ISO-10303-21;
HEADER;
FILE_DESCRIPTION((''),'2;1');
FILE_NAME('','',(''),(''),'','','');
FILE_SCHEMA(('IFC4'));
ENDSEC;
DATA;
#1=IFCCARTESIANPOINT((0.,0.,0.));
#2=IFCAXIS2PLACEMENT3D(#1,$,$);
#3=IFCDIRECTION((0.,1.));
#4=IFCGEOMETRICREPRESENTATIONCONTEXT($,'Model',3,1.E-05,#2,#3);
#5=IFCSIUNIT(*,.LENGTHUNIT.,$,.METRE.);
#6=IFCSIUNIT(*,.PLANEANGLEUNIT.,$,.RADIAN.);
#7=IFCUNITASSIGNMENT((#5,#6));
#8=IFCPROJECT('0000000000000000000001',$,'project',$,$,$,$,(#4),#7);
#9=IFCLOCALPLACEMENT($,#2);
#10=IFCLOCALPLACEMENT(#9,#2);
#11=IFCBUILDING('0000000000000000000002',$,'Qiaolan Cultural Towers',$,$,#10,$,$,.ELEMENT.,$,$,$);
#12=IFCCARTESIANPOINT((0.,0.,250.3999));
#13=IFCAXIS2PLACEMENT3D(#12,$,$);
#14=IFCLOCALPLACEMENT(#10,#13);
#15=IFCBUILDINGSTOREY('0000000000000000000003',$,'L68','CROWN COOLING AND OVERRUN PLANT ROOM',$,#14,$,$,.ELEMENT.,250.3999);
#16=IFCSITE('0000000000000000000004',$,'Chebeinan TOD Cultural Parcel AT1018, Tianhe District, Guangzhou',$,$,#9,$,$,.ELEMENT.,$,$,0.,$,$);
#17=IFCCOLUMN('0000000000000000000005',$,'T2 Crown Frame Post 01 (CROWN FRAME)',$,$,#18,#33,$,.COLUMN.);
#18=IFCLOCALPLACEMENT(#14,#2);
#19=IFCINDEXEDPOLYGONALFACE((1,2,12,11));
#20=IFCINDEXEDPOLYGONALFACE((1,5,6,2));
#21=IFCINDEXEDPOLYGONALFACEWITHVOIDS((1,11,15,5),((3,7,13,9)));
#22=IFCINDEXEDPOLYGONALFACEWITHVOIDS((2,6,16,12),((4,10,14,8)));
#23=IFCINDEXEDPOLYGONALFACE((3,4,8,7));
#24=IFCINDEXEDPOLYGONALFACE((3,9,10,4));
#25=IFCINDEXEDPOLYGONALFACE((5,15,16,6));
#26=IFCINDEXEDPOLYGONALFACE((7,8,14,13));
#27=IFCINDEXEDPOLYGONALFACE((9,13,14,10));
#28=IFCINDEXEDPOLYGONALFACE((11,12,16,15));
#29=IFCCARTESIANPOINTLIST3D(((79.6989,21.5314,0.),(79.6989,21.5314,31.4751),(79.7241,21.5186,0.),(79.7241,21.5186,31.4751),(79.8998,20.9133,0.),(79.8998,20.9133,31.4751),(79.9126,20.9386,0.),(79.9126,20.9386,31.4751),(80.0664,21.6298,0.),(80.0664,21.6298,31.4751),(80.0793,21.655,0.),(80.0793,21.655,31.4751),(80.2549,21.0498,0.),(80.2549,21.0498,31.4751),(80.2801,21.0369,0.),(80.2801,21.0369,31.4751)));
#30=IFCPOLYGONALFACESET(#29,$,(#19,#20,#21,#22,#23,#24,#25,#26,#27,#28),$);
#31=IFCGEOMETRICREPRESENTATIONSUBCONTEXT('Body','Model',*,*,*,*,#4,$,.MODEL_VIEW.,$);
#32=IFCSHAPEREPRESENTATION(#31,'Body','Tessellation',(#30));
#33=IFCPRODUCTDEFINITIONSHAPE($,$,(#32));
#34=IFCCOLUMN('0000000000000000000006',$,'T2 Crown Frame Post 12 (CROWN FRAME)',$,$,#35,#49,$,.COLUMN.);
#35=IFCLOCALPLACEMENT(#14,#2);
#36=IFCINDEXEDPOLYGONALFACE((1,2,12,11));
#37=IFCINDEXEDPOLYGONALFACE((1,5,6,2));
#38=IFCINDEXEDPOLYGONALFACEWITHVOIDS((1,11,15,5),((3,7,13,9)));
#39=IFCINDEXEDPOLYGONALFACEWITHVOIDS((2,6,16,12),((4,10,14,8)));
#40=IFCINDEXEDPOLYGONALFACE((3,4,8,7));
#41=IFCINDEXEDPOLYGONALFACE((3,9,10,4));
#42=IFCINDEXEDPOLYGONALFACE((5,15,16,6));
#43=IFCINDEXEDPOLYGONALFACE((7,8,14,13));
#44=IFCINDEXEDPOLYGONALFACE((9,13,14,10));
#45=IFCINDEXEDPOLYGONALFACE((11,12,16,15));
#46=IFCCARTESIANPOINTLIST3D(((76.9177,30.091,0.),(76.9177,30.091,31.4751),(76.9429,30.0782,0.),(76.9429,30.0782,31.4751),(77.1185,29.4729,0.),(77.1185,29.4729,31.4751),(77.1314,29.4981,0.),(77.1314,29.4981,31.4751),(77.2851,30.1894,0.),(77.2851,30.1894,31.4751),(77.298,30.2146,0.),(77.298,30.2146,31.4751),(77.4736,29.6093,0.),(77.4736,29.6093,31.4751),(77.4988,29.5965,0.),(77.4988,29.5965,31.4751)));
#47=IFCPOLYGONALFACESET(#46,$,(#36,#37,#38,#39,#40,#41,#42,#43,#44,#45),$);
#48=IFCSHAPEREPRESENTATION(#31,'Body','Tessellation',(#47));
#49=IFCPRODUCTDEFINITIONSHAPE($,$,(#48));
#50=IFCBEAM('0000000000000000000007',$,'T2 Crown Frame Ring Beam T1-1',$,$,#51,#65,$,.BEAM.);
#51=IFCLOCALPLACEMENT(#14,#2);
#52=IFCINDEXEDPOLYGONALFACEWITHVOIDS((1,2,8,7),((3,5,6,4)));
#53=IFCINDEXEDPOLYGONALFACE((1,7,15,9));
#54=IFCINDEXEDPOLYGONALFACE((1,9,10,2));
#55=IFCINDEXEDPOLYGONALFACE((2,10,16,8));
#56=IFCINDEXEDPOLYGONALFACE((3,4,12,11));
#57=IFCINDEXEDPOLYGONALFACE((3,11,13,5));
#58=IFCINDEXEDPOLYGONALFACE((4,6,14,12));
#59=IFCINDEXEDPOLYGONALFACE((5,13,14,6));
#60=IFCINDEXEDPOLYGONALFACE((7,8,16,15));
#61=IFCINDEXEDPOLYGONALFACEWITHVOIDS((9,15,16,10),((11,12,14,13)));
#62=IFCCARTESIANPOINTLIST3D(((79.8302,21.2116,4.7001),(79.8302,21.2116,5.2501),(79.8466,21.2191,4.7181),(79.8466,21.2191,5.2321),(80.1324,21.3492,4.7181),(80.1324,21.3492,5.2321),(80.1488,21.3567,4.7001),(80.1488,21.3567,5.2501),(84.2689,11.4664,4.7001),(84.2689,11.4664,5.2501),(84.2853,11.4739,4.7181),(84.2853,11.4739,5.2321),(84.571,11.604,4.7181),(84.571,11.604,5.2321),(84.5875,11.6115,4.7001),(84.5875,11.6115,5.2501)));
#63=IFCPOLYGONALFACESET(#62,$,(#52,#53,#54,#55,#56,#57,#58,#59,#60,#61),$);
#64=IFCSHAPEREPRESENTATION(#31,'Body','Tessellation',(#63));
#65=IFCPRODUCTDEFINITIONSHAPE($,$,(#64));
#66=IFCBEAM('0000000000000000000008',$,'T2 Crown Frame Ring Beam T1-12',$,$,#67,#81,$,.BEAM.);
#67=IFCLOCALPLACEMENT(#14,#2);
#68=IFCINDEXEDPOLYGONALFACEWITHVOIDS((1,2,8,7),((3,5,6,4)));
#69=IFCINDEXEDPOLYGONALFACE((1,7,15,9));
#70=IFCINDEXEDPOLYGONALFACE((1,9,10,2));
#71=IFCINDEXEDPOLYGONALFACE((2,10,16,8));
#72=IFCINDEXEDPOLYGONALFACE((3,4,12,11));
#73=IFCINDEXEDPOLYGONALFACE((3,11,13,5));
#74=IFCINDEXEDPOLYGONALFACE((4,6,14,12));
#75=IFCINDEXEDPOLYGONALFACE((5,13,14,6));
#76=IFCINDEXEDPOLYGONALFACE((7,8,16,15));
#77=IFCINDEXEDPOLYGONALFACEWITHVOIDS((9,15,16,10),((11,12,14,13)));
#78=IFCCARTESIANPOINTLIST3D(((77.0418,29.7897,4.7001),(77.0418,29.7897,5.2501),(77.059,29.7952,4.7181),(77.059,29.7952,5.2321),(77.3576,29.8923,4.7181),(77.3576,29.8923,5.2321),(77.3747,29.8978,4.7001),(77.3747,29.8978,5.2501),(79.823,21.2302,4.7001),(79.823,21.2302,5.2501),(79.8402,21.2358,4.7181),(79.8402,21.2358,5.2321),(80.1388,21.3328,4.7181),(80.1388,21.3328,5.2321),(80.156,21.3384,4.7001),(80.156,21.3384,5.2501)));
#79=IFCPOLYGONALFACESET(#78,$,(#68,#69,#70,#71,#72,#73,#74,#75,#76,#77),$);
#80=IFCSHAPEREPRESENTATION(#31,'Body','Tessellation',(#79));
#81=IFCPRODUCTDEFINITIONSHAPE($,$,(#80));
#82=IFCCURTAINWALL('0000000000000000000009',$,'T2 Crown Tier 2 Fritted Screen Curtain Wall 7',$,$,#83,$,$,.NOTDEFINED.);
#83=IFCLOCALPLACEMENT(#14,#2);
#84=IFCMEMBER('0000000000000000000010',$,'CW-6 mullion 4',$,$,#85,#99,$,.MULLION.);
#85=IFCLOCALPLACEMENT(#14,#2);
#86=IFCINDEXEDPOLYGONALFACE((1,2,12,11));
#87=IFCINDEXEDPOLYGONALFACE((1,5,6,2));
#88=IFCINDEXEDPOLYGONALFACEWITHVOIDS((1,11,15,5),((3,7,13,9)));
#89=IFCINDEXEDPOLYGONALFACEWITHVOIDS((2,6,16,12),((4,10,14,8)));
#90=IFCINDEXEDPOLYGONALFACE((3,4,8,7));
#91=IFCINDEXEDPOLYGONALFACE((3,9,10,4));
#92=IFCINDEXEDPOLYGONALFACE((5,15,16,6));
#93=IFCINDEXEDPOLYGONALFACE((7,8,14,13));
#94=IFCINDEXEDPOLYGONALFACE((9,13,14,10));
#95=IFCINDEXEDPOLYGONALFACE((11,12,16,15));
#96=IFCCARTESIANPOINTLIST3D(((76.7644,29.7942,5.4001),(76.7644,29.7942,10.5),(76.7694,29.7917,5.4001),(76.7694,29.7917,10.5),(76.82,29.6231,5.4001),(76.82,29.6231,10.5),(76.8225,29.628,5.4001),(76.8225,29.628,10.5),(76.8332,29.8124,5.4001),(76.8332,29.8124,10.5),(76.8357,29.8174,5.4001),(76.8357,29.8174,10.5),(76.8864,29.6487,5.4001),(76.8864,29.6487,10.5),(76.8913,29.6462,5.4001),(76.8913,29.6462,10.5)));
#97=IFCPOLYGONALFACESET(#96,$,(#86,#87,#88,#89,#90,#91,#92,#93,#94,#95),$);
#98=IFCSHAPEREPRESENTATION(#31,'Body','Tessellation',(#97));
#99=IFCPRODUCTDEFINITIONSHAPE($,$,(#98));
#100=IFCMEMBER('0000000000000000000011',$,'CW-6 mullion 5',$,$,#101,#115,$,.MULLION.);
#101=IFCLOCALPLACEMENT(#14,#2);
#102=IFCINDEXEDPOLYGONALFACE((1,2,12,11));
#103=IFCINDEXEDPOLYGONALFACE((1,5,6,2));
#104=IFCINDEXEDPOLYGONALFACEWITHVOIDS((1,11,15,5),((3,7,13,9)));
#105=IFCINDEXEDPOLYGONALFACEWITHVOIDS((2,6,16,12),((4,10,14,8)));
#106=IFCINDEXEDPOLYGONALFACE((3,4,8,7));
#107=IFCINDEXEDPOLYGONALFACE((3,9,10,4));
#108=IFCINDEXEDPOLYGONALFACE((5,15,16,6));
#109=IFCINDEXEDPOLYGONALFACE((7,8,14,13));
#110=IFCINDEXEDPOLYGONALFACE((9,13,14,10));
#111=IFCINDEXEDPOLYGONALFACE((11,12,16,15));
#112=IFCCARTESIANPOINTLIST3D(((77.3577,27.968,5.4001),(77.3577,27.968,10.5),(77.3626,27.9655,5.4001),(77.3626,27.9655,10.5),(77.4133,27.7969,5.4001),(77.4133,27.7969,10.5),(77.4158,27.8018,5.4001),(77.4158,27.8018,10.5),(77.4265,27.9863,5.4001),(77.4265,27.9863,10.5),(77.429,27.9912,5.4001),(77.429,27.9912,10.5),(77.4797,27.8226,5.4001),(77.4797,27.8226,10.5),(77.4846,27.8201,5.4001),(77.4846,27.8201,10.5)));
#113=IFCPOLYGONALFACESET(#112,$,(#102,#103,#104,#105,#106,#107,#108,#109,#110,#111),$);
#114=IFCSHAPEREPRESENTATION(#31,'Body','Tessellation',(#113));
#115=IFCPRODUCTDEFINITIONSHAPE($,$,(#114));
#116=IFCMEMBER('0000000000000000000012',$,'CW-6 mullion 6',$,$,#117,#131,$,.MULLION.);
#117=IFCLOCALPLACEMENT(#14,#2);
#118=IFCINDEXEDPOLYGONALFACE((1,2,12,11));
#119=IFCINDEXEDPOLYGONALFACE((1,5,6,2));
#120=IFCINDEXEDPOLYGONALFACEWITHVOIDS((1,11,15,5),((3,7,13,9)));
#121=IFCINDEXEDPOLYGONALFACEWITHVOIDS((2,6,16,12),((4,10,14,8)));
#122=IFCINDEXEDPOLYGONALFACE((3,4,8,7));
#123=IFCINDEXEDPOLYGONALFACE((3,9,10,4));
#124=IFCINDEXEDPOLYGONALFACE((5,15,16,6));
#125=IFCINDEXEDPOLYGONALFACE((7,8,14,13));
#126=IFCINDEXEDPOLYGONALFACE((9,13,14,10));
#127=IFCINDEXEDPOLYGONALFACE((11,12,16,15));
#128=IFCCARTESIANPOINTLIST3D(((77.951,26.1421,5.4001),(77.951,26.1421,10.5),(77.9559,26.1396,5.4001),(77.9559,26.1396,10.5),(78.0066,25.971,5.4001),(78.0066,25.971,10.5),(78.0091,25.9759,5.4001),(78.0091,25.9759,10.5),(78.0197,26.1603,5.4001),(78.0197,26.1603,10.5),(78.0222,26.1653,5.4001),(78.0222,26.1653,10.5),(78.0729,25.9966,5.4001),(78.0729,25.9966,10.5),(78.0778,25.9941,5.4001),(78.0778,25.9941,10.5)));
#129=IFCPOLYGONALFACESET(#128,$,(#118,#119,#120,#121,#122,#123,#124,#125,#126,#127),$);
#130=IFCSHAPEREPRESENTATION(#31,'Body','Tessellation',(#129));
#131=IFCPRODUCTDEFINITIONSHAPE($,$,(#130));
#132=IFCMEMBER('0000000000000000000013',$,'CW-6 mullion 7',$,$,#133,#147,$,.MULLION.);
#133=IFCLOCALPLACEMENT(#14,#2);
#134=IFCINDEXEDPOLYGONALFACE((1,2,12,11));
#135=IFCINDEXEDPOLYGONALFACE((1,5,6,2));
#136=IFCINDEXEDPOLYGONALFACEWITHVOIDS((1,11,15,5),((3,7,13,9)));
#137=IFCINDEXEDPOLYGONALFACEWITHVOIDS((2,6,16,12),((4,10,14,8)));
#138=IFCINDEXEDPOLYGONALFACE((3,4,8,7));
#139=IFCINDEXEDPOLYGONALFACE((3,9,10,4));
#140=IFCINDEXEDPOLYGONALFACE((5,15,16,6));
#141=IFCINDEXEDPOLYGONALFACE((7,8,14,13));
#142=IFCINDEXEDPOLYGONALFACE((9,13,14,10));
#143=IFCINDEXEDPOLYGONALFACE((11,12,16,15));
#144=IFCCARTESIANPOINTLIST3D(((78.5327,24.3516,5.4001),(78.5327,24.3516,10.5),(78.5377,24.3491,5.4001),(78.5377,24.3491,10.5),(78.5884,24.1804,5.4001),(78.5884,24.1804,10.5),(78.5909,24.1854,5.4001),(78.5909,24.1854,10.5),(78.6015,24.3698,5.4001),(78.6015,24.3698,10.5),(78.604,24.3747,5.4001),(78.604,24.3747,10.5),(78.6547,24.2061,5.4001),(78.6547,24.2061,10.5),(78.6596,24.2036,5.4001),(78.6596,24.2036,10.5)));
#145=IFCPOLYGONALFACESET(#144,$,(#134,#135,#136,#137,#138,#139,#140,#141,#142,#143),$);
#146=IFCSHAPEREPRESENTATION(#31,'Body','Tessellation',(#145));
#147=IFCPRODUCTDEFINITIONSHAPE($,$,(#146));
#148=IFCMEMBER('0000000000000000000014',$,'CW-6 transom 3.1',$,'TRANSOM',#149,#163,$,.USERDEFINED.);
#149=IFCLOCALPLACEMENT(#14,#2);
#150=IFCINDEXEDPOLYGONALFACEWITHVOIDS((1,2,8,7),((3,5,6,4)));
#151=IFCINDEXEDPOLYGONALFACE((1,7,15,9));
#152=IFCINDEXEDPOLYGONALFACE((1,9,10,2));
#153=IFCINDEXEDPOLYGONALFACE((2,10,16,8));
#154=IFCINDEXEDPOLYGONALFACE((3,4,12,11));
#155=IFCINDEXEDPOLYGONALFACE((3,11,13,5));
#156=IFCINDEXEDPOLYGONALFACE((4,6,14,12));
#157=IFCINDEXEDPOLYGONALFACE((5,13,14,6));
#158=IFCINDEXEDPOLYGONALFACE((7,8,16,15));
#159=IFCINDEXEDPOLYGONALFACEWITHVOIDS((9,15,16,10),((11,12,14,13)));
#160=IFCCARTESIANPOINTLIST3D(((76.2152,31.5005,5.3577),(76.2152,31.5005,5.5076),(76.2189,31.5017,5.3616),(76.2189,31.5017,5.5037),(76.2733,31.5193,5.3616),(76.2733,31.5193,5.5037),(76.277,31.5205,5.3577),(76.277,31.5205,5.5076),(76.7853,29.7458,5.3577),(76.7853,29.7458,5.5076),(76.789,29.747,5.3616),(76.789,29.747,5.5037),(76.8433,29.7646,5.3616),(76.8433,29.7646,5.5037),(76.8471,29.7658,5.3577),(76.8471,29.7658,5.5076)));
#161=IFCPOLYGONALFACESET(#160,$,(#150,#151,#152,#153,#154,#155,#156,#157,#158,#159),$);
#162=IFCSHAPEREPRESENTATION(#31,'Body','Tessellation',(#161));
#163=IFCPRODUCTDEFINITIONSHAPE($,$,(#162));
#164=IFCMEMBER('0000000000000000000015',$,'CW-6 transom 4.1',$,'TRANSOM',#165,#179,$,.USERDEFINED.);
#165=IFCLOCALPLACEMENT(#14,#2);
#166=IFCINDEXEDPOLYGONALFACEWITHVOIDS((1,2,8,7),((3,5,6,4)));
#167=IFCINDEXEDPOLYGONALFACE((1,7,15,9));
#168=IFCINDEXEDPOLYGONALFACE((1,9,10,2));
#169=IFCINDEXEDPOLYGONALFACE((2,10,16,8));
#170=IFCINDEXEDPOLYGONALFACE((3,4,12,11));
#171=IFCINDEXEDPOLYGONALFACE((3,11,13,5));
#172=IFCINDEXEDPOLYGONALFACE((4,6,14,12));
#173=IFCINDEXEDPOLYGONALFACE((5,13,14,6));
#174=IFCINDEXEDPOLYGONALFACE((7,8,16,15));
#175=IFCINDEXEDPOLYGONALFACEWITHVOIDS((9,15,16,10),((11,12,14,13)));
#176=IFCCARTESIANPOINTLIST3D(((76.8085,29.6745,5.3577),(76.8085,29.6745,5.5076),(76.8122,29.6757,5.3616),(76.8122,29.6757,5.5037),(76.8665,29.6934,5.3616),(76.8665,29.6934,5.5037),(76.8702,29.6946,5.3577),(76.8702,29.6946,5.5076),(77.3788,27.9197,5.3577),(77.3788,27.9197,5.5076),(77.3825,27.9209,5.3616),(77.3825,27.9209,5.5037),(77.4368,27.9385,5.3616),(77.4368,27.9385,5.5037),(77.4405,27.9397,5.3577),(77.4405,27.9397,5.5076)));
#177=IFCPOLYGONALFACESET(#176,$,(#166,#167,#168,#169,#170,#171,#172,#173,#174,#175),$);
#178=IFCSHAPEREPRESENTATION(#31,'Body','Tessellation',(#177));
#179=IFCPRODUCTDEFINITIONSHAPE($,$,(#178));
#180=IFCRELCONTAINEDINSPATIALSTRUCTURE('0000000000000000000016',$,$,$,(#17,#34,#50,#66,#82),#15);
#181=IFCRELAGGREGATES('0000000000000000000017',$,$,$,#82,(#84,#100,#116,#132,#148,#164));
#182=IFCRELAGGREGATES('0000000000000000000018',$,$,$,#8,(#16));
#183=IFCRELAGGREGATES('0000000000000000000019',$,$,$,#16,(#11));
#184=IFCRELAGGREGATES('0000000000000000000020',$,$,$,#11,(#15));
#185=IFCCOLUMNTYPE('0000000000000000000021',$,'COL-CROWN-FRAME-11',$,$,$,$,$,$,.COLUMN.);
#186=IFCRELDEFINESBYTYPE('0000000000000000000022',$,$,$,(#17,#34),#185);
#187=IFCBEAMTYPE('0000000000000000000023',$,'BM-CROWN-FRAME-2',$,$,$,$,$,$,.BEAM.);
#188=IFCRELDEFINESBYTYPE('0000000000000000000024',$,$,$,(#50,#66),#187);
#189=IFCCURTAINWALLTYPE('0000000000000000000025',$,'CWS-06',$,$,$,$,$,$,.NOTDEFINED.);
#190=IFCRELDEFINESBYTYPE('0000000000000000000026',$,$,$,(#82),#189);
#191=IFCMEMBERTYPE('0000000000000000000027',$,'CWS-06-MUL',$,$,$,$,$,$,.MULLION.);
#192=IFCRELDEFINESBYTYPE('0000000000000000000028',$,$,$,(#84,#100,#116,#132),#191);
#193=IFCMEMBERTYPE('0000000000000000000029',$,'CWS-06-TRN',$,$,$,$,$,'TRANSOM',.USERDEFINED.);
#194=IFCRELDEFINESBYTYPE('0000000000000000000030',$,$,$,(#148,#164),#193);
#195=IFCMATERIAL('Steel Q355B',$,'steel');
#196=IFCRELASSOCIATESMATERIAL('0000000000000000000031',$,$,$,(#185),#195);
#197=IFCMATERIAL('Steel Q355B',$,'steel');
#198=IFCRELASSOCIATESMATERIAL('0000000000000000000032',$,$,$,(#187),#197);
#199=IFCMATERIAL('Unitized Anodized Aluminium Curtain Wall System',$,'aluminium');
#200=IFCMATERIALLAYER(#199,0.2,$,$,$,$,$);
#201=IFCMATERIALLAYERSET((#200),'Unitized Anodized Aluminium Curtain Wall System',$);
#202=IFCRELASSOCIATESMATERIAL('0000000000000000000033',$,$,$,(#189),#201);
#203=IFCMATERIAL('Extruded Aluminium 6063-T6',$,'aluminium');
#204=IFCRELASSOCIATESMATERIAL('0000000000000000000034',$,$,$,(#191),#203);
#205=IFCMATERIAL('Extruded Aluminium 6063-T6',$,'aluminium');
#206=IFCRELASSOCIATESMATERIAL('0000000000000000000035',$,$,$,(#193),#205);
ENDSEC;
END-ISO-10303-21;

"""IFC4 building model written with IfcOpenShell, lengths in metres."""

from ifc_helpers import new_model, si_unit, direction, frame, origin, origin_2d, place, context, subcontext, project, spatial, hollow_rectangle, extrude, material, layer, layer_set, material_profile, profile_set, type_object, element, aggregate, save


model = new_model("IFC4")

# Units and contexts
model_context = context("Model", 3, precision=1e-05, world=origin(), true_north=direction((0.0, 1.0)))
body_context = subcontext(model_context, "Body", "Model", "MODEL_VIEW")
ifc_project = project(units=[si_unit("LENGTHUNIT", "METRE"), si_unit("PLANEANGLEUNIT", "RADIAN")], contexts=[model_context])

# Site, building, storey
site_placement = place(None, origin())
site = spatial("IfcSite", under=ifc_project, at=site_placement, Name="Chebeinan TOD Cultural Parcel AT1018, Tianhe District, Guangzhou", CompositionType="ELEMENT", RefElevation=0.0)
building_placement = place(site_placement, origin())
building = spatial("IfcBuilding", under=site, at=building_placement, Name="Qiaolan Cultural Towers", CompositionType="ELEMENT")
storey_placement = place(building_placement, frame((0.0, 0.0, 250.3999)))
storey = spatial("IfcBuildingStorey", under=building, at=storey_placement, Name="L68", Description="CROWN COOLING AND OVERRUN PLANT ROOM", CompositionType="ELEMENT", Elevation=250.3999)

# Columns
ifc_material_1 = material(Name="Steel Q355B", Category="steel")
ifc_material_profile_1 = material_profile(ifc_material_1, hollow_rectangle(XDim=0.3999, YDim=0.6499, WallThickness=0.02, at=origin_2d()), Name="BOX650x400x20")
ifc_profile_set_1 = profile_set([ifc_material_profile_1], Name="Steel Q355B")
column_type = type_object("IfcColumnType", Name="COL-CROWN-FRAME-11", PredefinedType="COLUMN", material=ifc_profile_set_1)
for number, where, z_axis, x_axis, name in (
    (1, (79.9895, 21.2842, 0.0), (0.0, 0.0, 1.0), (0.951057, 0.309017, 0.0), "T2 Crown Frame Post 01 (CROWN FRAME)"),
    (2, (77.2083, 29.8438, 0.0), (0.0, 0.0, 1.0), (0.951057, 0.309017, 0.0), "T2 Crown Frame Post 12 (CROWN FRAME)"),
):
    element("IfcColumn", number, at=place(storey_placement, frame(where, z_axis=z_axis, x_axis=x_axis)), inside=storey, type_object=column_type, Name=name, PredefinedType="COLUMN", context=body_context, shape_type="SweptSolid", body=[
        extrude(hollow_rectangle(XDim=0.3999, YDim=0.6499, WallThickness=0.02, at=origin_2d()), origin(), (0.0, 0.0, 1.0), 31.4751),
    ])

# Beams
ifc_material_2 = material(Name="Steel Q355B", Category="steel")
ifc_material_profile_2 = material_profile(ifc_material_2, hollow_rectangle(XDim=0.3501, YDim=0.55, WallThickness=0.0181, at=origin_2d()), Name="BOX550x350x18")
ifc_profile_set_2 = profile_set([ifc_material_profile_2], Name="Steel Q355B")
beam_type = type_object("IfcBeamType", Name="BM-CROWN-FRAME-2", PredefinedType="BEAM", material=ifc_profile_set_2)
beam_1_placement = place(storey_placement, frame((79.9895, 21.2842, 4.9751), z_axis=(0.4145, -0.910049, 0.0), x_axis=(0.910049, 0.4145, 0.0)))
element("IfcBeam", 3, at=beam_1_placement, inside=storey, type_object=beam_type, Name="T2 Crown Frame Ring Beam T1-1", PredefinedType="BEAM", context=body_context, shape_type="SweptSolid", body=[
    extrude(hollow_rectangle(XDim=0.3501, YDim=0.55, WallThickness=0.0181, at=origin_2d()), origin(), (0.0, 0.0, 1.0), 10.7085),
])
beam_2_placement = place(storey_placement, frame((77.2083, 29.8438, 4.9751), z_axis=(0.309025, -0.951054, 0.0), x_axis=(0.951054, 0.309025, 0.0)))
element("IfcBeam", 4, at=beam_2_placement, inside=storey, type_object=beam_type, Name="T2 Crown Frame Ring Beam T1-12", PredefinedType="BEAM", context=body_context, shape_type="SweptSolid", body=[
    extrude(hollow_rectangle(XDim=0.3501, YDim=0.55, WallThickness=0.0181, at=origin_2d()), origin(), (0.0, 0.0, 1.0), 9.0),
])

# Curtain wall, members
ifc_material_3 = material(Name="Unitized Anodized Aluminium Curtain Wall System", Category="aluminium")
ifc_layer_1 = layer(ifc_material_3, 0.2)
ifc_layer_set_1 = layer_set([ifc_layer_1], Name="Unitized Anodized Aluminium Curtain Wall System")
curtain_wall_type = type_object("IfcCurtainWallType", Name="CWS-06", PredefinedType="NOTDEFINED", material=ifc_layer_set_1)
curtain_wall_placement = place(storey_placement, origin())
curtain_wall = element("IfcCurtainWall", 5, at=curtain_wall_placement, inside=storey, type_object=curtain_wall_type, Name="T2 Crown Tier 2 Fritted Screen Curtain Wall 7", PredefinedType="NOTDEFINED")
ifc_material_4 = material(Name="Extruded Aluminium 6063-T6", Category="aluminium")
ifc_material_profile_3 = material_profile(ifc_material_4, hollow_rectangle(XDim=0.075, YDim=0.1799, WallThickness=0.0039, at=origin_2d()), Name="CWM-180x75x4")
ifc_profile_set_3 = profile_set([ifc_material_profile_3], Name="Extruded Aluminium 6063-T6")
member_type_1 = type_object("IfcMemberType", Name="CWS-06-MUL", PredefinedType="MULLION", material=ifc_profile_set_3)
member_1_placement = place(storey_placement, frame((76.8279, 29.7202, 5.4001), z_axis=(0.0, 0.0, 1.0), x_axis=(0.951057, 0.309017, 0.0)))
member_1 = element("IfcMember", 6, at=member_1_placement, type_object=member_type_1, Name="CW-6 mullion 4", PredefinedType="MULLION", context=body_context, shape_type="SweptSolid", body=[
    extrude(hollow_rectangle(XDim=0.075, YDim=0.1799, WallThickness=0.0039, at=origin_2d()), origin(), (0.0, 0.0, 1.0), 5.0999),
])
member_2_placement = place(storey_placement, frame((77.4211, 27.894, 5.4001), z_axis=(0.0, 0.0, 1.0), x_axis=(0.951057, 0.309017, 0.0)))
member_2 = element("IfcMember", 7, at=member_2_placement, type_object=member_type_1, Name="CW-6 mullion 5", PredefinedType="MULLION", context=body_context, shape_type="SweptSolid", body=[
    extrude(hollow_rectangle(XDim=0.075, YDim=0.1799, WallThickness=0.0039, at=origin_2d()), origin(), (0.0, 0.0, 1.0), 5.0999),
])
member_3_placement = place(storey_placement, frame((78.0144, 26.0681, 5.4001), z_axis=(0.0, 0.0, 1.0), x_axis=(0.951057, 0.309017, 0.0)))
member_3 = element("IfcMember", 8, at=member_3_placement, type_object=member_type_1, Name="CW-6 mullion 6", PredefinedType="MULLION", context=body_context, shape_type="SweptSolid", body=[
    extrude(hollow_rectangle(XDim=0.075, YDim=0.1799, WallThickness=0.0039, at=origin_2d()), origin(), (0.0, 0.0, 1.0), 5.0999),
])
member_4_placement = place(storey_placement, frame((78.5962, 24.2776, 5.4001), z_axis=(0.0, 0.0, 1.0), x_axis=(0.951057, 0.309017, 0.0)))
member_4 = element("IfcMember", 9, at=member_4_placement, type_object=member_type_1, Name="CW-6 mullion 7", PredefinedType="MULLION", context=body_context, shape_type="SweptSolid", body=[
    extrude(hollow_rectangle(XDim=0.075, YDim=0.1799, WallThickness=0.0039, at=origin_2d()), origin(), (0.0, 0.0, 1.0), 5.0999),
])
ifc_material_5 = material(Name="Extruded Aluminium 6063-T6", Category="aluminium")
ifc_material_profile_4 = material_profile(ifc_material_5, hollow_rectangle(XDim=0.0649, YDim=0.1499, WallThickness=0.0039, at=origin_2d()), Name="CWT-150x65x4")
ifc_profile_set_4 = profile_set([ifc_material_profile_4], Name="Extruded Aluminium 6063-T6")
member_type_2 = type_object("IfcMemberType", Name="CWS-06-TRN", ElementType="TRANSOM", PredefinedType="USERDEFINED", material=ifc_profile_set_4)
member_5_placement = place(storey_placement, frame((76.2461, 31.5105, 5.4326), z_axis=(0.308993, -0.951064, 0.0), x_axis=(0.951064, 0.308993, 0.0)))
member_5 = element("IfcMember", 10, at=member_5_placement, type_object=member_type_2, Name="CW-6 transom 3.1", ObjectType="TRANSOM", PredefinedType="USERDEFINED", context=body_context, shape_type="SweptSolid", body=[
    extrude(hollow_rectangle(XDim=0.0649, YDim=0.1499, WallThickness=0.0039, at=origin_2d()), origin(), (0.0, 0.0, 1.0), 1.845),
])
member_6_placement = place(storey_placement, frame((76.8394, 29.6846, 5.4326), z_axis=(0.309074, -0.951038, 0.0), x_axis=(0.951038, 0.309074, 0.0)))
member_6 = element("IfcMember", 11, at=member_6_placement, type_object=member_type_2, Name="CW-6 transom 4.1", ObjectType="TRANSOM", PredefinedType="USERDEFINED", context=body_context, shape_type="SweptSolid", body=[
    extrude(hollow_rectangle(XDim=0.0649, YDim=0.1499, WallThickness=0.0039, at=origin_2d()), origin(), (0.0, 0.0, 1.0), 1.8452),
])
aggregate(curtain_wall, [member_1, member_2, member_3, member_4, member_5, member_6])

save(model, "model.ifc")
